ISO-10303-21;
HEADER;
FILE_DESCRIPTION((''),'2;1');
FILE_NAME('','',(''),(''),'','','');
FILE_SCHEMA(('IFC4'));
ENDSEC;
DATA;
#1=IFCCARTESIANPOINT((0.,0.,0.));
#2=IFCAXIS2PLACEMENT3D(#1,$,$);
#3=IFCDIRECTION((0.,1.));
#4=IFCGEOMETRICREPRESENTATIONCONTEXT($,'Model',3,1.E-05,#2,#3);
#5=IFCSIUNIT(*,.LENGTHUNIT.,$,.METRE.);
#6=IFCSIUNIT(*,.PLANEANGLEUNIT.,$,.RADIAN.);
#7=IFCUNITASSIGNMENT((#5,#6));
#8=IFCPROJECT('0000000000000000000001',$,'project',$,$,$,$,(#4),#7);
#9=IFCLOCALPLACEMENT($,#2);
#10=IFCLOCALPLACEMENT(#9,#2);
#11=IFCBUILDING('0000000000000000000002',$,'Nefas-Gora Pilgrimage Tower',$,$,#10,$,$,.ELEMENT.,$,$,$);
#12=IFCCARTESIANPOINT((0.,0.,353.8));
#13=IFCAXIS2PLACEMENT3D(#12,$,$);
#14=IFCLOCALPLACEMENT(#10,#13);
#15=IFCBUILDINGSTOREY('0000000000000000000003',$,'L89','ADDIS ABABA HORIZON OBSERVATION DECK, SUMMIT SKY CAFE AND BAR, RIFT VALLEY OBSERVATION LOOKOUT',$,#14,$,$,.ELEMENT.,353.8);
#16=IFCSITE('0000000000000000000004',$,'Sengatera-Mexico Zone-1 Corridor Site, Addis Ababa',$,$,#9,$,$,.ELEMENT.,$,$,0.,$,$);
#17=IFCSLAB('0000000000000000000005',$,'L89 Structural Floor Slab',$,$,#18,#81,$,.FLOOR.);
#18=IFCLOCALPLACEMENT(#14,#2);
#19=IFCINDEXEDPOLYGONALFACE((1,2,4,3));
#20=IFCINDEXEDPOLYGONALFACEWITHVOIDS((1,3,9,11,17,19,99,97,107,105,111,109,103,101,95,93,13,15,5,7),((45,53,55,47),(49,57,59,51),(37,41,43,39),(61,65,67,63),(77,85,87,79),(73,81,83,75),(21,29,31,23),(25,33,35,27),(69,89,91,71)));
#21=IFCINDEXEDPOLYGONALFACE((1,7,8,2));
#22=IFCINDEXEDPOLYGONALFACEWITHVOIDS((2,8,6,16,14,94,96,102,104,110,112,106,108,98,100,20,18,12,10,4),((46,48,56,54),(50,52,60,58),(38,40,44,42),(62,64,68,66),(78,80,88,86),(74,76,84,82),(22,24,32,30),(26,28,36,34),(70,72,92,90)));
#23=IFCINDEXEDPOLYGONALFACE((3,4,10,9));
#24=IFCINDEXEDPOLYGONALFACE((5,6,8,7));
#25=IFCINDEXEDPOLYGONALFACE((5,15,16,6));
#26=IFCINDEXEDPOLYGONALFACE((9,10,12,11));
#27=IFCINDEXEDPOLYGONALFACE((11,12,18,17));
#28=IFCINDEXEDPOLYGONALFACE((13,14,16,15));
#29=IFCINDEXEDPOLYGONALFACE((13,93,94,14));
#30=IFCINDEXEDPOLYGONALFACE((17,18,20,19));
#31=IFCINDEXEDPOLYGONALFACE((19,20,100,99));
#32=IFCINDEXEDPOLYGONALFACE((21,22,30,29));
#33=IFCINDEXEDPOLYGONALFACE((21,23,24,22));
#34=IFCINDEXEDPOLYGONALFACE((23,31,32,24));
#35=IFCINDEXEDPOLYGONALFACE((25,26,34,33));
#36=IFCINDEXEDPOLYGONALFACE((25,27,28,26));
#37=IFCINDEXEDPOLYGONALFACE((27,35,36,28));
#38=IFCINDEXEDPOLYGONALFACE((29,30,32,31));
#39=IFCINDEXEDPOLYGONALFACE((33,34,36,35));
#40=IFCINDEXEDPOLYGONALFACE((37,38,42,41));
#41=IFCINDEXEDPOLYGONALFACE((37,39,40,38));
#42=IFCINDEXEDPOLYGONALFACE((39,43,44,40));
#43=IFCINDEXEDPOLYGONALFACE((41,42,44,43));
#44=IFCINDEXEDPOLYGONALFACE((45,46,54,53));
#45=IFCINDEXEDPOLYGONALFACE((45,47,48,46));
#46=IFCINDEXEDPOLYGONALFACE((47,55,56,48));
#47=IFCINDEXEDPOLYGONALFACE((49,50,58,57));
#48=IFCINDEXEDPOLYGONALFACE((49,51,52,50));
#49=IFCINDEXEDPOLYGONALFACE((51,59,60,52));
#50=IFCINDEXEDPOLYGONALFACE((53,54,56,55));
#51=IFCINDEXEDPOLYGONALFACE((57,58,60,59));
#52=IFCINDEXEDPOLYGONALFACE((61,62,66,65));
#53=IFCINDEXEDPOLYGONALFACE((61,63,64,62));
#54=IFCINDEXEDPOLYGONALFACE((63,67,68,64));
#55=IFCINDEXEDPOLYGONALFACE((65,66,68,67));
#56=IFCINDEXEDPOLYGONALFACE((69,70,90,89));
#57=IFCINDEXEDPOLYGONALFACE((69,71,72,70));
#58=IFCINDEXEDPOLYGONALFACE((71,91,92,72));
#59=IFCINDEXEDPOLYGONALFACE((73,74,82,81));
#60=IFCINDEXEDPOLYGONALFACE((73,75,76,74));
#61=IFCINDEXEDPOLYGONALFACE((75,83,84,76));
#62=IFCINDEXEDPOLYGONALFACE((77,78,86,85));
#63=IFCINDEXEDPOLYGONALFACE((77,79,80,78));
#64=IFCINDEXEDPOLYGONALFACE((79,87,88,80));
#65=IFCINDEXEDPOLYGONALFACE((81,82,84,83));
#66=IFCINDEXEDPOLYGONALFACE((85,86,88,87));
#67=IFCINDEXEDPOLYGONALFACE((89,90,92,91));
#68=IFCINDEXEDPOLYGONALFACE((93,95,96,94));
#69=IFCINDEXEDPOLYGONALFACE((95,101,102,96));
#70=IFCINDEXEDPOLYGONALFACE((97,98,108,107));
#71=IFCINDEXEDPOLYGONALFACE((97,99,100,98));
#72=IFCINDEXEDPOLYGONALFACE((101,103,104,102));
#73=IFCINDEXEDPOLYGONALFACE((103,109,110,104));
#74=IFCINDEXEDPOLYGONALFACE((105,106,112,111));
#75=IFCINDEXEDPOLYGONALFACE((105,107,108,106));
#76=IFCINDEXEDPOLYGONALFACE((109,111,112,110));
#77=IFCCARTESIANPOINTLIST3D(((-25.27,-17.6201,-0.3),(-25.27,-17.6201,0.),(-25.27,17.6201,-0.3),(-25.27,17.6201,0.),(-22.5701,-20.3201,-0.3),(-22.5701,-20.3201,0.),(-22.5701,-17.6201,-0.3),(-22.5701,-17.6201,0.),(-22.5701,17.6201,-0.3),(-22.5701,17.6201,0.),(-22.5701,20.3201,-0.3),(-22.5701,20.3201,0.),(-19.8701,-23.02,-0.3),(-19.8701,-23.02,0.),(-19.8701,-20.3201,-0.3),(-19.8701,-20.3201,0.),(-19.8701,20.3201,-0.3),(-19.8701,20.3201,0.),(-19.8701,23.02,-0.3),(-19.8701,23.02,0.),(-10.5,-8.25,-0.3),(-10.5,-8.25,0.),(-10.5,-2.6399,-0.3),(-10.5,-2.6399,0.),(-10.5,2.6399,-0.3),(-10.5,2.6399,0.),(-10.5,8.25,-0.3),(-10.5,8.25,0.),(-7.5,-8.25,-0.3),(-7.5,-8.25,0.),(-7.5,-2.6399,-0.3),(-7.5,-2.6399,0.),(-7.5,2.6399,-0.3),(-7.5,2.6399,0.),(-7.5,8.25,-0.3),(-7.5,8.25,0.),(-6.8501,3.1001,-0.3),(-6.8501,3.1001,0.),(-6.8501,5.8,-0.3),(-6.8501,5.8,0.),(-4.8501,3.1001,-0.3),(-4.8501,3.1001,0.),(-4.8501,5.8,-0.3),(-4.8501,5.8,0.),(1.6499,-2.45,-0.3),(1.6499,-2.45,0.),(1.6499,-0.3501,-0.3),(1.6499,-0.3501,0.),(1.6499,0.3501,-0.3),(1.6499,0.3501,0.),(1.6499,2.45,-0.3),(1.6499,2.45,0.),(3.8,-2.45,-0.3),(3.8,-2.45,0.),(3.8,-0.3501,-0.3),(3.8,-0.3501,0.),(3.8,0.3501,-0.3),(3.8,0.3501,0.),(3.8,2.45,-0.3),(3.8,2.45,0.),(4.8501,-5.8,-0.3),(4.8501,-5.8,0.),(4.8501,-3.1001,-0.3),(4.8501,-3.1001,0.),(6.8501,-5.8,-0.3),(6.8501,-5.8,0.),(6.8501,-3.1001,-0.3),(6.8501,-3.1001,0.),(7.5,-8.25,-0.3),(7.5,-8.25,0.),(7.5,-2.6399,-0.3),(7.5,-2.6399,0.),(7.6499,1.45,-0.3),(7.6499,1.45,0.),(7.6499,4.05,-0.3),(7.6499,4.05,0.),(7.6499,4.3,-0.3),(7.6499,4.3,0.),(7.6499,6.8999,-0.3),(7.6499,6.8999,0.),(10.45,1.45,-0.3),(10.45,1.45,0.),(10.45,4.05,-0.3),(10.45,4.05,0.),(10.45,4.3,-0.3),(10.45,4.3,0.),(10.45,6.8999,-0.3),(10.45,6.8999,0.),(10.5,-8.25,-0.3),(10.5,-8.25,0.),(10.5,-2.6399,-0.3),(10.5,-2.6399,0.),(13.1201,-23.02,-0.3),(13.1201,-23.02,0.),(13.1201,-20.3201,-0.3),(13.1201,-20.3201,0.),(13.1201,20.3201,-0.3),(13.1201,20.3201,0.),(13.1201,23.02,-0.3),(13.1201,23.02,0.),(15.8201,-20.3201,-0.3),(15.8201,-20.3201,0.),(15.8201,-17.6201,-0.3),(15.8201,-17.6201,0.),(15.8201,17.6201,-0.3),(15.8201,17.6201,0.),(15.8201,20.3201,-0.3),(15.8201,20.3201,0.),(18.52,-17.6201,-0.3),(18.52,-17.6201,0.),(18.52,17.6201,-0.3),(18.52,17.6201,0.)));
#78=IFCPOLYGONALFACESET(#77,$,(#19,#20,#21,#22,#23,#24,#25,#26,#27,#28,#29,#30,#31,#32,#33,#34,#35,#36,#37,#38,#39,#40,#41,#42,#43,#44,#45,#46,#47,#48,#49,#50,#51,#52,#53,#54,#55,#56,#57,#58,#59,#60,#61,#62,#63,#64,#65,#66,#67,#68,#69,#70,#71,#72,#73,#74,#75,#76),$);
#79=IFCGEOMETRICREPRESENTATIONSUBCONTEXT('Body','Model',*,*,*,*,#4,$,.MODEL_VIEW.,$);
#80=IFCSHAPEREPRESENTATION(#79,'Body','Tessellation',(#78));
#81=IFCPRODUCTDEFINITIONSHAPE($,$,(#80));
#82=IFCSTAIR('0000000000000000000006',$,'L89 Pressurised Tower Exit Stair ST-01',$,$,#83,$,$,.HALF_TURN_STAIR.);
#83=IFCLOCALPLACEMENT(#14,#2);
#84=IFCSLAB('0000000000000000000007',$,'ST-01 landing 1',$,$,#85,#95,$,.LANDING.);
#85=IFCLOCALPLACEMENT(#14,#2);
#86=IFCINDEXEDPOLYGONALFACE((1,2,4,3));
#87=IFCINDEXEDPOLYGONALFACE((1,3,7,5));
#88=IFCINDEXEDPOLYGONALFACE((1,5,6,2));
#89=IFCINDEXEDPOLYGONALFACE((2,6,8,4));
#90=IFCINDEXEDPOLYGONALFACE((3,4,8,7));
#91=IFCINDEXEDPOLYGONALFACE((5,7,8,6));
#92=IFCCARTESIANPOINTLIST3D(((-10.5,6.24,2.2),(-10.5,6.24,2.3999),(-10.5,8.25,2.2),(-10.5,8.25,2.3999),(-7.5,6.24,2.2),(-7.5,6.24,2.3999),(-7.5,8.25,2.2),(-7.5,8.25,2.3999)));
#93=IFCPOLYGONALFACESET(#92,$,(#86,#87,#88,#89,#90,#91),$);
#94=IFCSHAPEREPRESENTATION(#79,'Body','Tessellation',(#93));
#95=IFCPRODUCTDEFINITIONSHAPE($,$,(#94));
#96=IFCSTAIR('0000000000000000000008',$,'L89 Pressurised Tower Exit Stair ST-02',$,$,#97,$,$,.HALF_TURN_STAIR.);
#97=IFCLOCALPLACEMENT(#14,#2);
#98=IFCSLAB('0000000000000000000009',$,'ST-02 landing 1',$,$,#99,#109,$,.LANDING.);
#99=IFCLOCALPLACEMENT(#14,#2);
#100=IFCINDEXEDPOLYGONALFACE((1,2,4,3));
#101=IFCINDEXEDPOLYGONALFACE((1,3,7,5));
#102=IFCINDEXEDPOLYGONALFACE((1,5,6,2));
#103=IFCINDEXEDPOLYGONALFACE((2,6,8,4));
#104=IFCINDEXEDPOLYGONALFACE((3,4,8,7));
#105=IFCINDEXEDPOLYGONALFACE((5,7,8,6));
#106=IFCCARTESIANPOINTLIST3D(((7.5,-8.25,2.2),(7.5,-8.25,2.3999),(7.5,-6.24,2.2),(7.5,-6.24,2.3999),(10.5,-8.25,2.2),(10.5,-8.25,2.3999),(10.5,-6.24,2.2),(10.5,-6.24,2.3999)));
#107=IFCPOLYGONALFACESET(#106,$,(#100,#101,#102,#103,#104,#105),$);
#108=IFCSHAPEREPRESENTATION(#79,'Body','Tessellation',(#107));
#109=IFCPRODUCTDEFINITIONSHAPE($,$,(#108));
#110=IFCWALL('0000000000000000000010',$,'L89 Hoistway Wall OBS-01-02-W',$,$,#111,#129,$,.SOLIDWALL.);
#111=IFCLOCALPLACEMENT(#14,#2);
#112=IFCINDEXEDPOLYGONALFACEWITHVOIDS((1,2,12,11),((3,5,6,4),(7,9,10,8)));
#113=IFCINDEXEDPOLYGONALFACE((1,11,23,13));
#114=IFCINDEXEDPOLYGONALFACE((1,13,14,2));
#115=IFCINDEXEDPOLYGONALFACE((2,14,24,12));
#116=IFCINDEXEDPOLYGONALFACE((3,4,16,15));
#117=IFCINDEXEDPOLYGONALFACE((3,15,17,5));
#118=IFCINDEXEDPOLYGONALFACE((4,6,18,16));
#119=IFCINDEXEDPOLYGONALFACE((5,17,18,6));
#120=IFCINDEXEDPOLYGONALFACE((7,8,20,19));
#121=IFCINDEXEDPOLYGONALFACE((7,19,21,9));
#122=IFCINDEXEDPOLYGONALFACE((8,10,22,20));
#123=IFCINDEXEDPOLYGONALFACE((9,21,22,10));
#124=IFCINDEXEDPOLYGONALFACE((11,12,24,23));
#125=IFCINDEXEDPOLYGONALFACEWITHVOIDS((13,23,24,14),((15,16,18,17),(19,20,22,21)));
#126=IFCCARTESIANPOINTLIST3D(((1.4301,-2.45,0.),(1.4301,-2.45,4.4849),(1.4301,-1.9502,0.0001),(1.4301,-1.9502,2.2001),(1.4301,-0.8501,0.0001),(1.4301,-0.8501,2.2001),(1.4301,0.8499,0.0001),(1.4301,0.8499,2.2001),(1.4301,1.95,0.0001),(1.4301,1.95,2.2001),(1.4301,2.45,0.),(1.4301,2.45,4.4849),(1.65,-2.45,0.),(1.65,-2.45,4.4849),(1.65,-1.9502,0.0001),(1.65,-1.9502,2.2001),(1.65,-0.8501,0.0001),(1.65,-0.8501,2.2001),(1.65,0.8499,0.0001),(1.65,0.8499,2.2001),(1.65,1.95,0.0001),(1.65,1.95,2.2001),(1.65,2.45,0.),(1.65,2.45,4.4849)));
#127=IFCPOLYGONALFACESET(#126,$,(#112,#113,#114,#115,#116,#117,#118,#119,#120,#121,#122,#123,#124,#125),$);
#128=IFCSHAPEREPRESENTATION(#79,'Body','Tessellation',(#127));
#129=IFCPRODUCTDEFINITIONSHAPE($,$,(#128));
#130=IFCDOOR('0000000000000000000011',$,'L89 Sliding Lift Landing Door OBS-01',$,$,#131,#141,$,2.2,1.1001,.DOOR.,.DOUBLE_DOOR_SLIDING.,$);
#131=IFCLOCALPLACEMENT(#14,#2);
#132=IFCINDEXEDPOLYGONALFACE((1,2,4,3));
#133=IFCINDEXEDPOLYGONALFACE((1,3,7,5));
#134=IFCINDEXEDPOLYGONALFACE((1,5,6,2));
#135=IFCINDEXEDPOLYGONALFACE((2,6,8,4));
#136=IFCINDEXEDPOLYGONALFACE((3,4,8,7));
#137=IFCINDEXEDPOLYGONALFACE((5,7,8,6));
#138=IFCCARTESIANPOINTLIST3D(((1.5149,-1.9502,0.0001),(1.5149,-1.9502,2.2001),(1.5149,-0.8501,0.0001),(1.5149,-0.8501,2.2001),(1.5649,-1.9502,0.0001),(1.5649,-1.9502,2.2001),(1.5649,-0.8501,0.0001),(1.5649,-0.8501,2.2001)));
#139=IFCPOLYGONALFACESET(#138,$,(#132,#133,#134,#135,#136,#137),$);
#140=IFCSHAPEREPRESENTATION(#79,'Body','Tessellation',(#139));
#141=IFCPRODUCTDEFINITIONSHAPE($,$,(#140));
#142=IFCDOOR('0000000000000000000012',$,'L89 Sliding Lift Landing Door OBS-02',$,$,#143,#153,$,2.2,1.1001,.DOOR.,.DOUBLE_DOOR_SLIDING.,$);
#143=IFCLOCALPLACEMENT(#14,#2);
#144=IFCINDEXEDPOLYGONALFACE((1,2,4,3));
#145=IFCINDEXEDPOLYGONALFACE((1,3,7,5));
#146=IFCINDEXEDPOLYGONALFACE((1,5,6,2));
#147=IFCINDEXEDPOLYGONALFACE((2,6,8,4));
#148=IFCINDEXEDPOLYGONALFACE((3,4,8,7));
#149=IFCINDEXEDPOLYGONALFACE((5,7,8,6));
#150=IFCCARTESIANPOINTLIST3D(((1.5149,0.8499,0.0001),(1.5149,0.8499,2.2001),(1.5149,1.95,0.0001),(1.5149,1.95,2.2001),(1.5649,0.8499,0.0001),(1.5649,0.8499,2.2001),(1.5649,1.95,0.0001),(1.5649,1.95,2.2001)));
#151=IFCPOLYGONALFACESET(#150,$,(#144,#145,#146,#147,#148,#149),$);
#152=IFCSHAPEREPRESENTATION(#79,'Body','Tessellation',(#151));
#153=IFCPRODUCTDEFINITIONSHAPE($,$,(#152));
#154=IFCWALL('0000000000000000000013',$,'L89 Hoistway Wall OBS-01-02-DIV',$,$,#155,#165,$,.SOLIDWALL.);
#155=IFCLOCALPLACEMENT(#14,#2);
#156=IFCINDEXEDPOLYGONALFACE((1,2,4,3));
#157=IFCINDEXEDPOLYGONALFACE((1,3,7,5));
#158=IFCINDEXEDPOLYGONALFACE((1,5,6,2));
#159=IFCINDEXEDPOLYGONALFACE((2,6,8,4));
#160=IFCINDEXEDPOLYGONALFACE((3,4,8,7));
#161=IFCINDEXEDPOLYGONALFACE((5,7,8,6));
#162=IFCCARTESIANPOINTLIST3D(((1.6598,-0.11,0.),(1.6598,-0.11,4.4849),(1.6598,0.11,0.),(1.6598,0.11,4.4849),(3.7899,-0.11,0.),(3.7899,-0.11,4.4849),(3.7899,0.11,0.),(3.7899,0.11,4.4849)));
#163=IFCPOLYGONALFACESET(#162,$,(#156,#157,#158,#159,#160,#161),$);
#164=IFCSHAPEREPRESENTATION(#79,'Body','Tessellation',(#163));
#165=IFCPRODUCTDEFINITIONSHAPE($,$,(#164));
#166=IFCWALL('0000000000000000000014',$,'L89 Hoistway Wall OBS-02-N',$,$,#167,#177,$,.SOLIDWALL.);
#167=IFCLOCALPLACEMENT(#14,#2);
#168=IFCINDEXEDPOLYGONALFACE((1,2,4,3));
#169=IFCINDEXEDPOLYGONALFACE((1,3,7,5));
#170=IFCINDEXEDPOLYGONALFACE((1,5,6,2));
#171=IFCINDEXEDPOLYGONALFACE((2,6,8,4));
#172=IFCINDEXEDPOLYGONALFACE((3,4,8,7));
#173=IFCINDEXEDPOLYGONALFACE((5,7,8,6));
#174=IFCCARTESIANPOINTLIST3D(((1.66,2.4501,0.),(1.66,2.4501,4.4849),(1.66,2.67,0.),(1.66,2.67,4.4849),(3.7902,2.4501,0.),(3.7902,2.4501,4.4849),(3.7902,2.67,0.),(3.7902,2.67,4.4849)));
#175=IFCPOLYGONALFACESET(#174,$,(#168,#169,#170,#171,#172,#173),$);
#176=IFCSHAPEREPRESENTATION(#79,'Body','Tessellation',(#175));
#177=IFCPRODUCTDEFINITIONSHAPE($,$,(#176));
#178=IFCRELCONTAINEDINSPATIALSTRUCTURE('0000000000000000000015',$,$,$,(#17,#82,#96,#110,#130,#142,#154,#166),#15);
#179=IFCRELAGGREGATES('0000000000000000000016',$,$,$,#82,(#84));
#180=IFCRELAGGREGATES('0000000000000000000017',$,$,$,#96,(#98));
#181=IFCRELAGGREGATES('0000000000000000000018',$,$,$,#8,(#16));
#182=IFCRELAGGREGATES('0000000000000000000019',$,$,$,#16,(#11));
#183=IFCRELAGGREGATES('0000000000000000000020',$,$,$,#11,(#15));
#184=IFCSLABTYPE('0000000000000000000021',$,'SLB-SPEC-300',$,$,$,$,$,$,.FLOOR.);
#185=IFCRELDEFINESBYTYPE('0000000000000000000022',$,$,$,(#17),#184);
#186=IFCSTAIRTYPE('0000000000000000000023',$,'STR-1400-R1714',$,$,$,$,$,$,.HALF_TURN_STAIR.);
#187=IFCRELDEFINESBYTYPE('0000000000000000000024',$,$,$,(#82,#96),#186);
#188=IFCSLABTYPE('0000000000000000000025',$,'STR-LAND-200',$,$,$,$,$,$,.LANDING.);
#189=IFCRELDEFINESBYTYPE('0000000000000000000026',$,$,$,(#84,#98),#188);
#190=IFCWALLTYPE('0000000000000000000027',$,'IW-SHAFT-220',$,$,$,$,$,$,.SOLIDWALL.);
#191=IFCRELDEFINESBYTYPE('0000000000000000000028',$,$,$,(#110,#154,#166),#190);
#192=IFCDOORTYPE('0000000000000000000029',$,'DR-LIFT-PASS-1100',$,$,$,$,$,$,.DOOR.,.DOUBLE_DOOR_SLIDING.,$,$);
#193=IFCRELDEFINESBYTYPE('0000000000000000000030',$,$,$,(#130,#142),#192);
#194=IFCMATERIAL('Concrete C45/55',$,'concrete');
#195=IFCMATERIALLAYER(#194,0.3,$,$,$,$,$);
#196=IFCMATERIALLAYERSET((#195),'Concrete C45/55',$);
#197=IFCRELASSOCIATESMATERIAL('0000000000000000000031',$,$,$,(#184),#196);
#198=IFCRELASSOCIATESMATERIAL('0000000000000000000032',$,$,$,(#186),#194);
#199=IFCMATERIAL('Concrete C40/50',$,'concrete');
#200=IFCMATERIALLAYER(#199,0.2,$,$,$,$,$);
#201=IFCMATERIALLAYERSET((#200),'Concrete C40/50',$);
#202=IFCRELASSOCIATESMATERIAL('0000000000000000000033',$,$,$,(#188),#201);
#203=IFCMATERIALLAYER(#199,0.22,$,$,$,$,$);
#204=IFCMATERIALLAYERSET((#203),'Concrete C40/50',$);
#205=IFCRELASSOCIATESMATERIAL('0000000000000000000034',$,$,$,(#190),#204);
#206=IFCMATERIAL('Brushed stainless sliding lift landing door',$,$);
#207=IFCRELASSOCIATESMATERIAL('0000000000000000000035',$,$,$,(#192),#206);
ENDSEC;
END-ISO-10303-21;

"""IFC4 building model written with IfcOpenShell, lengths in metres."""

from ifc_helpers import new_model, si_unit, direction, frame, frame_2d, origin, place, context, subcontext, project, spatial, polyline, rectangle, outline, extrude, source, transform, mapped, material, layer, layer_set, type_object, element, fill, aggregate, save


model = new_model("IFC4")

# Units and contexts
model_context = context("Model", 3, precision=1e-05, world=origin(), true_north=direction((0.0, 1.0)))
body_context = subcontext(model_context, "Body", "Model", "MODEL_VIEW")
ifc_project = project(units=[si_unit("LENGTHUNIT", "METRE"), si_unit("PLANEANGLEUNIT", "RADIAN")], contexts=[model_context])

# Site, building, storey
site_placement = place(None, origin())
site = spatial("IfcSite", under=ifc_project, at=site_placement, Name="Sengatera-Mexico Zone-1 Corridor Site, Addis Ababa", CompositionType="ELEMENT", RefElevation=0.0)
building_placement = place(site_placement, origin())
building = spatial("IfcBuilding", under=site, at=building_placement, Name="Nefas-Gora Pilgrimage Tower", CompositionType="ELEMENT")
storey_placement = place(building_placement, frame((0.0, 0.0, 353.8)))
storey = spatial("IfcBuildingStorey", under=building, at=storey_placement, Name="L89", Description="ADDIS ABABA HORIZON OBSERVATION DECK, SUMMIT SKY CAFE AND BAR, RIFT VALLEY OBSERVATION LOOKOUT", CompositionType="ELEMENT", Elevation=353.8)

# Slab
ifc_material_1 = material(Name="Concrete C45/55", Category="concrete")
ifc_layer_1 = layer(ifc_material_1, 0.3)
ifc_layer_set_1 = layer_set([ifc_layer_1], Name="Concrete C45/55")
slab_type_1 = type_object("IfcSlabType", Name="SLB-SPEC-300", PredefinedType="FLOOR", material=ifc_layer_set_1)
slab_1_placement = place(storey_placement, frame((0.0, 0.0, -0.3)))
element("IfcSlab", 1, at=slab_1_placement, inside=storey, type_object=slab_type_1, Name="L89 Structural Floor Slab", PredefinedType="FLOOR", context=body_context, shape_type="SweptSolid", body=[
    extrude(outline(polyline([(18.52, 17.6201), (15.8201, 17.6201), (15.8201, 20.3201), (13.1201, 20.3201), (13.1201, 23.02), (-19.8701, 23.02), (-19.8701, 20.3201), (-22.5701, 20.3201), (-22.5701, 17.6201), (-25.27, 17.6201), (-25.27, -17.6201), (-22.5701, -17.6201), (-22.5701, -20.3201), (-19.8701, -20.3201), (-19.8701, -23.02), (13.1201, -23.02), (13.1201, -20.3201), (15.8201, -20.3201), (15.8201, -17.6201), (18.52, -17.6201), (18.52, 17.6201)]), holes=[polyline([(-10.5, 2.6399), (-10.5, 8.25), (-7.5, 8.25), (-7.5, 2.6399), (-10.5, 2.6399)]), polyline([(10.5, -2.6399), (10.5, -8.25), (7.5, -8.25), (7.5, -2.6399), (10.5, -2.6399)]), polyline([(-7.5, -2.6399), (-7.5, -8.25), (-10.5, -8.25), (-10.5, -2.6399), (-7.5, -2.6399)]), polyline([(-6.8501, 5.8), (-4.8501, 5.8), (-4.8501, 3.1001), (-6.8501, 3.1001), (-6.8501, 5.8)]), polyline([(4.8501, -3.1001), (6.8501, -3.1001), (6.8501, -5.8), (4.8501, -5.8), (4.8501, -3.1001)]), polyline([(7.6499, 4.05), (10.45, 4.05), (10.45, 1.45), (7.6499, 1.45), (7.6499, 4.05)]), polyline([(7.6499, 6.8999), (10.45, 6.8999), (10.45, 4.3), (7.6499, 4.3), (7.6499, 6.8999)]), polyline([(1.6499, -0.3501), (3.8, -0.3501), (3.8, -2.45), (1.6499, -2.45), (1.6499, -0.3501)]), polyline([(1.6499, 2.45), (3.8, 2.45), (3.8, 0.3501), (1.6499, 0.3501), (1.6499, 2.45)])]), origin(), (0.0, 0.0, 1.0), 0.3),
])

# Stairs, slabs
stair_type = type_object("IfcStairType", Name="STR-1400-R1714", PredefinedType="HALF_TURN_STAIR", material=ifc_material_1)
stair_1_placement = place(storey_placement, origin())
stair_1 = element("IfcStair", 2, at=stair_1_placement, inside=storey, type_object=stair_type, Name="L89 Pressurised Tower Exit Stair ST-01", PredefinedType="HALF_TURN_STAIR")
ifc_material_2 = material(Name="Concrete C40/50", Category="concrete")
ifc_layer_2 = layer(ifc_material_2, 0.2)
ifc_layer_set_2 = layer_set([ifc_layer_2], Name="Concrete C40/50")
slab_type_2 = type_object("IfcSlabType", Name="STR-LAND-200", PredefinedType="LANDING", material=ifc_layer_set_2)
slab_2_placement = place(storey_placement, frame((0.0, 0.0, 2.2)))
slab_2 = element("IfcSlab", 3, at=slab_2_placement, type_object=slab_type_2, Name="ST-01 landing 1", PredefinedType="LANDING", context=body_context, shape_type="SweptSolid", body=[
    extrude(outline(polyline([(-7.5, 6.24), (-7.5, 8.25), (-10.5, 8.25), (-10.5, 6.24), (-7.5, 6.24)])), origin(), (0.0, 0.0, 1.0), 0.2),
])
aggregate(stair_1, [slab_2])
stair_2_placement = place(storey_placement, origin())
stair_2 = element("IfcStair", 4, at=stair_2_placement, inside=storey, type_object=stair_type, Name="L89 Pressurised Tower Exit Stair ST-02", PredefinedType="HALF_TURN_STAIR")
slab_3_placement = place(storey_placement, frame((0.0, 0.0, 2.2)))
slab_3 = element("IfcSlab", 5, at=slab_3_placement, type_object=slab_type_2, Name="ST-02 landing 1", PredefinedType="LANDING", context=body_context, shape_type="SweptSolid", body=[
    extrude(outline(polyline([(7.5, -6.24), (7.5, -8.25), (10.5, -8.25), (10.5, -6.24), (7.5, -6.24)])), origin(), (0.0, 0.0, 1.0), 0.2),
])
aggregate(stair_2, [slab_3])

# Wall, openings, doors
ifc_layer_3 = layer(ifc_material_2, 0.22)
ifc_layer_set_3 = layer_set([ifc_layer_3], Name="Concrete C40/50")
wall_type_1 = type_object("IfcWallType", Name="IW-SHAFT-220", PredefinedType="SOLIDWALL", material=ifc_layer_set_3)
shared_shape_1 = source(origin(), body_context, "Body", "SweptSolid", [
    extrude(rectangle(XDim=4.8999, YDim=0.22, at=frame_2d((2.45, 0.0))), origin(), (0.0, 0.0, 1.0), 4.4849),
])
wall_1_placement = place(storey_placement, frame((1.54, 2.45, 0.0), z_axis=(0.0, 0.0, 1.0), x_axis=(0.0, -1.0, 0.0)))
wall_1 = element("IfcWall", 6, at=wall_1_placement, inside=storey, type_object=wall_type_1, Name="L89 Hoistway Wall OBS-01-02-W", PredefinedType="SOLIDWALL", context=body_context, shape_type="MappedRepresentation", body=[
    mapped(shared_shape_1, transform((0.0, 0.0, 0.0), x_axis=(1.0, 0.0, 0.0), y_axis=(0.0, 1.0, 0.0), z_axis=(0.0, 0.0, 1.0), scale=1.0)),
])
opening_1_placement = place(wall_1_placement, frame((3.3, 0.0, 0.0)))
opening_1 = element("IfcOpeningElement", 7, at=opening_1_placement, cuts=wall_1, PredefinedType="OPENING", context=body_context, shape_type="SweptSolid", body=[
    extrude(rectangle(XDim=1.1001, YDim=2.2, at=frame_2d((0.55, 1.1001))), frame((0.0, 0.1199, 0.0), z_axis=(0.0, -1.0, 0.0), x_axis=(1.0, 0.0, 0.0)), (0.0, 0.0, 1.0), 0.24),
])
opening_2_placement = place(wall_1_placement, frame((0.5, 0.0, 0.0)))
opening_2 = element("IfcOpeningElement", 8, at=opening_2_placement, cuts=wall_1, PredefinedType="OPENING", context=body_context, shape_type="SweptSolid", body=[
    extrude(rectangle(XDim=1.1001, YDim=2.2, at=frame_2d((0.55, 1.1001))), frame((0.0, 0.1199, 0.0), z_axis=(0.0, -1.0, 0.0), x_axis=(1.0, 0.0, 0.0)), (0.0, 0.0, 1.0), 0.24),
])
ifc_material_3 = material(Name="Brushed stainless sliding lift landing door")
door_type_1 = type_object("IfcDoorType", Name="DR-LIFT-PASS-1100", OperationType="DOUBLE_DOOR_SLIDING", PredefinedType="DOOR", material=ifc_material_3)
shared_shape_2 = source(origin(), body_context, "Body", "SweptSolid", [
    extrude(rectangle(XDim=1.1001, YDim=2.2, at=frame_2d((0.55, 1.1001))), frame((0.0, 0.0249, 0.0), z_axis=(0.0, -1.0, 0.0), x_axis=(1.0, 0.0, 0.0)), (0.0, 0.0, 1.0), 0.05),
])
door_1_placement = place(opening_1_placement, origin())
door_1 = element("IfcDoor", 9, at=door_1_placement, inside=storey, type_object=door_type_1, Name="L89 Sliding Lift Landing Door OBS-01", OperationType="DOUBLE_DOOR_SLIDING", OverallHeight=2.2, OverallWidth=1.1001, PredefinedType="DOOR", context=body_context, shape_type="MappedRepresentation", body=[
    mapped(shared_shape_2, transform((0.0, 0.0, 0.0), x_axis=(1.0, 0.0, 0.0), y_axis=(0.0, 1.0, 0.0), z_axis=(0.0, 0.0, 1.0), scale=1.0)),
])
fill(opening_1, door_1)
door_2_placement = place(opening_2_placement, origin())
door_2 = element("IfcDoor", 10, at=door_2_placement, inside=storey, type_object=door_type_1, Name="L89 Sliding Lift Landing Door OBS-02", OperationType="DOUBLE_DOOR_SLIDING", OverallHeight=2.2, OverallWidth=1.1001, PredefinedType="DOOR", context=body_context, shape_type="MappedRepresentation", body=[
    mapped(shared_shape_2, transform((0.0, 0.0, 0.0), x_axis=(1.0, 0.0, 0.0), y_axis=(0.0, 1.0, 0.0), z_axis=(0.0, 0.0, 1.0), scale=1.0)),
])
fill(opening_2, door_2)

# Walls
shared_shape_3 = source(origin(), body_context, "Body", "SweptSolid", [
    extrude(rectangle(XDim=2.1301, YDim=0.22, at=frame_2d((1.0649, 0.0))), origin(), (0.0, 0.0, 1.0), 4.4849),
])
for number, where, z_axis, x_axis, name in (
    (11, (1.6599, 0.0, 0.0), (0.0, 0.0, 1.0), (1.0, 0.0, 0.0), "L89 Hoistway Wall OBS-01-02-DIV"),
    (12, (3.79, 2.5601, 0.0), (0.0, 0.0, 1.0), (-1.0, 0.0, 0.0), "L89 Hoistway Wall OBS-02-N"),
):
    element("IfcWall", number, at=place(storey_placement, frame(where, z_axis=z_axis, x_axis=x_axis)), inside=storey, type_object=wall_type_1, Name=name, PredefinedType="SOLIDWALL", context=body_context, shape_type="MappedRepresentation", body=[
        mapped(shared_shape_3, transform((0.0, 0.0, 0.0), x_axis=(1.0, 0.0, 0.0), y_axis=(0.0, 1.0, 0.0), z_axis=(0.0, 0.0, 1.0), scale=1.0)),
    ])

save(model, "model.ifc")
